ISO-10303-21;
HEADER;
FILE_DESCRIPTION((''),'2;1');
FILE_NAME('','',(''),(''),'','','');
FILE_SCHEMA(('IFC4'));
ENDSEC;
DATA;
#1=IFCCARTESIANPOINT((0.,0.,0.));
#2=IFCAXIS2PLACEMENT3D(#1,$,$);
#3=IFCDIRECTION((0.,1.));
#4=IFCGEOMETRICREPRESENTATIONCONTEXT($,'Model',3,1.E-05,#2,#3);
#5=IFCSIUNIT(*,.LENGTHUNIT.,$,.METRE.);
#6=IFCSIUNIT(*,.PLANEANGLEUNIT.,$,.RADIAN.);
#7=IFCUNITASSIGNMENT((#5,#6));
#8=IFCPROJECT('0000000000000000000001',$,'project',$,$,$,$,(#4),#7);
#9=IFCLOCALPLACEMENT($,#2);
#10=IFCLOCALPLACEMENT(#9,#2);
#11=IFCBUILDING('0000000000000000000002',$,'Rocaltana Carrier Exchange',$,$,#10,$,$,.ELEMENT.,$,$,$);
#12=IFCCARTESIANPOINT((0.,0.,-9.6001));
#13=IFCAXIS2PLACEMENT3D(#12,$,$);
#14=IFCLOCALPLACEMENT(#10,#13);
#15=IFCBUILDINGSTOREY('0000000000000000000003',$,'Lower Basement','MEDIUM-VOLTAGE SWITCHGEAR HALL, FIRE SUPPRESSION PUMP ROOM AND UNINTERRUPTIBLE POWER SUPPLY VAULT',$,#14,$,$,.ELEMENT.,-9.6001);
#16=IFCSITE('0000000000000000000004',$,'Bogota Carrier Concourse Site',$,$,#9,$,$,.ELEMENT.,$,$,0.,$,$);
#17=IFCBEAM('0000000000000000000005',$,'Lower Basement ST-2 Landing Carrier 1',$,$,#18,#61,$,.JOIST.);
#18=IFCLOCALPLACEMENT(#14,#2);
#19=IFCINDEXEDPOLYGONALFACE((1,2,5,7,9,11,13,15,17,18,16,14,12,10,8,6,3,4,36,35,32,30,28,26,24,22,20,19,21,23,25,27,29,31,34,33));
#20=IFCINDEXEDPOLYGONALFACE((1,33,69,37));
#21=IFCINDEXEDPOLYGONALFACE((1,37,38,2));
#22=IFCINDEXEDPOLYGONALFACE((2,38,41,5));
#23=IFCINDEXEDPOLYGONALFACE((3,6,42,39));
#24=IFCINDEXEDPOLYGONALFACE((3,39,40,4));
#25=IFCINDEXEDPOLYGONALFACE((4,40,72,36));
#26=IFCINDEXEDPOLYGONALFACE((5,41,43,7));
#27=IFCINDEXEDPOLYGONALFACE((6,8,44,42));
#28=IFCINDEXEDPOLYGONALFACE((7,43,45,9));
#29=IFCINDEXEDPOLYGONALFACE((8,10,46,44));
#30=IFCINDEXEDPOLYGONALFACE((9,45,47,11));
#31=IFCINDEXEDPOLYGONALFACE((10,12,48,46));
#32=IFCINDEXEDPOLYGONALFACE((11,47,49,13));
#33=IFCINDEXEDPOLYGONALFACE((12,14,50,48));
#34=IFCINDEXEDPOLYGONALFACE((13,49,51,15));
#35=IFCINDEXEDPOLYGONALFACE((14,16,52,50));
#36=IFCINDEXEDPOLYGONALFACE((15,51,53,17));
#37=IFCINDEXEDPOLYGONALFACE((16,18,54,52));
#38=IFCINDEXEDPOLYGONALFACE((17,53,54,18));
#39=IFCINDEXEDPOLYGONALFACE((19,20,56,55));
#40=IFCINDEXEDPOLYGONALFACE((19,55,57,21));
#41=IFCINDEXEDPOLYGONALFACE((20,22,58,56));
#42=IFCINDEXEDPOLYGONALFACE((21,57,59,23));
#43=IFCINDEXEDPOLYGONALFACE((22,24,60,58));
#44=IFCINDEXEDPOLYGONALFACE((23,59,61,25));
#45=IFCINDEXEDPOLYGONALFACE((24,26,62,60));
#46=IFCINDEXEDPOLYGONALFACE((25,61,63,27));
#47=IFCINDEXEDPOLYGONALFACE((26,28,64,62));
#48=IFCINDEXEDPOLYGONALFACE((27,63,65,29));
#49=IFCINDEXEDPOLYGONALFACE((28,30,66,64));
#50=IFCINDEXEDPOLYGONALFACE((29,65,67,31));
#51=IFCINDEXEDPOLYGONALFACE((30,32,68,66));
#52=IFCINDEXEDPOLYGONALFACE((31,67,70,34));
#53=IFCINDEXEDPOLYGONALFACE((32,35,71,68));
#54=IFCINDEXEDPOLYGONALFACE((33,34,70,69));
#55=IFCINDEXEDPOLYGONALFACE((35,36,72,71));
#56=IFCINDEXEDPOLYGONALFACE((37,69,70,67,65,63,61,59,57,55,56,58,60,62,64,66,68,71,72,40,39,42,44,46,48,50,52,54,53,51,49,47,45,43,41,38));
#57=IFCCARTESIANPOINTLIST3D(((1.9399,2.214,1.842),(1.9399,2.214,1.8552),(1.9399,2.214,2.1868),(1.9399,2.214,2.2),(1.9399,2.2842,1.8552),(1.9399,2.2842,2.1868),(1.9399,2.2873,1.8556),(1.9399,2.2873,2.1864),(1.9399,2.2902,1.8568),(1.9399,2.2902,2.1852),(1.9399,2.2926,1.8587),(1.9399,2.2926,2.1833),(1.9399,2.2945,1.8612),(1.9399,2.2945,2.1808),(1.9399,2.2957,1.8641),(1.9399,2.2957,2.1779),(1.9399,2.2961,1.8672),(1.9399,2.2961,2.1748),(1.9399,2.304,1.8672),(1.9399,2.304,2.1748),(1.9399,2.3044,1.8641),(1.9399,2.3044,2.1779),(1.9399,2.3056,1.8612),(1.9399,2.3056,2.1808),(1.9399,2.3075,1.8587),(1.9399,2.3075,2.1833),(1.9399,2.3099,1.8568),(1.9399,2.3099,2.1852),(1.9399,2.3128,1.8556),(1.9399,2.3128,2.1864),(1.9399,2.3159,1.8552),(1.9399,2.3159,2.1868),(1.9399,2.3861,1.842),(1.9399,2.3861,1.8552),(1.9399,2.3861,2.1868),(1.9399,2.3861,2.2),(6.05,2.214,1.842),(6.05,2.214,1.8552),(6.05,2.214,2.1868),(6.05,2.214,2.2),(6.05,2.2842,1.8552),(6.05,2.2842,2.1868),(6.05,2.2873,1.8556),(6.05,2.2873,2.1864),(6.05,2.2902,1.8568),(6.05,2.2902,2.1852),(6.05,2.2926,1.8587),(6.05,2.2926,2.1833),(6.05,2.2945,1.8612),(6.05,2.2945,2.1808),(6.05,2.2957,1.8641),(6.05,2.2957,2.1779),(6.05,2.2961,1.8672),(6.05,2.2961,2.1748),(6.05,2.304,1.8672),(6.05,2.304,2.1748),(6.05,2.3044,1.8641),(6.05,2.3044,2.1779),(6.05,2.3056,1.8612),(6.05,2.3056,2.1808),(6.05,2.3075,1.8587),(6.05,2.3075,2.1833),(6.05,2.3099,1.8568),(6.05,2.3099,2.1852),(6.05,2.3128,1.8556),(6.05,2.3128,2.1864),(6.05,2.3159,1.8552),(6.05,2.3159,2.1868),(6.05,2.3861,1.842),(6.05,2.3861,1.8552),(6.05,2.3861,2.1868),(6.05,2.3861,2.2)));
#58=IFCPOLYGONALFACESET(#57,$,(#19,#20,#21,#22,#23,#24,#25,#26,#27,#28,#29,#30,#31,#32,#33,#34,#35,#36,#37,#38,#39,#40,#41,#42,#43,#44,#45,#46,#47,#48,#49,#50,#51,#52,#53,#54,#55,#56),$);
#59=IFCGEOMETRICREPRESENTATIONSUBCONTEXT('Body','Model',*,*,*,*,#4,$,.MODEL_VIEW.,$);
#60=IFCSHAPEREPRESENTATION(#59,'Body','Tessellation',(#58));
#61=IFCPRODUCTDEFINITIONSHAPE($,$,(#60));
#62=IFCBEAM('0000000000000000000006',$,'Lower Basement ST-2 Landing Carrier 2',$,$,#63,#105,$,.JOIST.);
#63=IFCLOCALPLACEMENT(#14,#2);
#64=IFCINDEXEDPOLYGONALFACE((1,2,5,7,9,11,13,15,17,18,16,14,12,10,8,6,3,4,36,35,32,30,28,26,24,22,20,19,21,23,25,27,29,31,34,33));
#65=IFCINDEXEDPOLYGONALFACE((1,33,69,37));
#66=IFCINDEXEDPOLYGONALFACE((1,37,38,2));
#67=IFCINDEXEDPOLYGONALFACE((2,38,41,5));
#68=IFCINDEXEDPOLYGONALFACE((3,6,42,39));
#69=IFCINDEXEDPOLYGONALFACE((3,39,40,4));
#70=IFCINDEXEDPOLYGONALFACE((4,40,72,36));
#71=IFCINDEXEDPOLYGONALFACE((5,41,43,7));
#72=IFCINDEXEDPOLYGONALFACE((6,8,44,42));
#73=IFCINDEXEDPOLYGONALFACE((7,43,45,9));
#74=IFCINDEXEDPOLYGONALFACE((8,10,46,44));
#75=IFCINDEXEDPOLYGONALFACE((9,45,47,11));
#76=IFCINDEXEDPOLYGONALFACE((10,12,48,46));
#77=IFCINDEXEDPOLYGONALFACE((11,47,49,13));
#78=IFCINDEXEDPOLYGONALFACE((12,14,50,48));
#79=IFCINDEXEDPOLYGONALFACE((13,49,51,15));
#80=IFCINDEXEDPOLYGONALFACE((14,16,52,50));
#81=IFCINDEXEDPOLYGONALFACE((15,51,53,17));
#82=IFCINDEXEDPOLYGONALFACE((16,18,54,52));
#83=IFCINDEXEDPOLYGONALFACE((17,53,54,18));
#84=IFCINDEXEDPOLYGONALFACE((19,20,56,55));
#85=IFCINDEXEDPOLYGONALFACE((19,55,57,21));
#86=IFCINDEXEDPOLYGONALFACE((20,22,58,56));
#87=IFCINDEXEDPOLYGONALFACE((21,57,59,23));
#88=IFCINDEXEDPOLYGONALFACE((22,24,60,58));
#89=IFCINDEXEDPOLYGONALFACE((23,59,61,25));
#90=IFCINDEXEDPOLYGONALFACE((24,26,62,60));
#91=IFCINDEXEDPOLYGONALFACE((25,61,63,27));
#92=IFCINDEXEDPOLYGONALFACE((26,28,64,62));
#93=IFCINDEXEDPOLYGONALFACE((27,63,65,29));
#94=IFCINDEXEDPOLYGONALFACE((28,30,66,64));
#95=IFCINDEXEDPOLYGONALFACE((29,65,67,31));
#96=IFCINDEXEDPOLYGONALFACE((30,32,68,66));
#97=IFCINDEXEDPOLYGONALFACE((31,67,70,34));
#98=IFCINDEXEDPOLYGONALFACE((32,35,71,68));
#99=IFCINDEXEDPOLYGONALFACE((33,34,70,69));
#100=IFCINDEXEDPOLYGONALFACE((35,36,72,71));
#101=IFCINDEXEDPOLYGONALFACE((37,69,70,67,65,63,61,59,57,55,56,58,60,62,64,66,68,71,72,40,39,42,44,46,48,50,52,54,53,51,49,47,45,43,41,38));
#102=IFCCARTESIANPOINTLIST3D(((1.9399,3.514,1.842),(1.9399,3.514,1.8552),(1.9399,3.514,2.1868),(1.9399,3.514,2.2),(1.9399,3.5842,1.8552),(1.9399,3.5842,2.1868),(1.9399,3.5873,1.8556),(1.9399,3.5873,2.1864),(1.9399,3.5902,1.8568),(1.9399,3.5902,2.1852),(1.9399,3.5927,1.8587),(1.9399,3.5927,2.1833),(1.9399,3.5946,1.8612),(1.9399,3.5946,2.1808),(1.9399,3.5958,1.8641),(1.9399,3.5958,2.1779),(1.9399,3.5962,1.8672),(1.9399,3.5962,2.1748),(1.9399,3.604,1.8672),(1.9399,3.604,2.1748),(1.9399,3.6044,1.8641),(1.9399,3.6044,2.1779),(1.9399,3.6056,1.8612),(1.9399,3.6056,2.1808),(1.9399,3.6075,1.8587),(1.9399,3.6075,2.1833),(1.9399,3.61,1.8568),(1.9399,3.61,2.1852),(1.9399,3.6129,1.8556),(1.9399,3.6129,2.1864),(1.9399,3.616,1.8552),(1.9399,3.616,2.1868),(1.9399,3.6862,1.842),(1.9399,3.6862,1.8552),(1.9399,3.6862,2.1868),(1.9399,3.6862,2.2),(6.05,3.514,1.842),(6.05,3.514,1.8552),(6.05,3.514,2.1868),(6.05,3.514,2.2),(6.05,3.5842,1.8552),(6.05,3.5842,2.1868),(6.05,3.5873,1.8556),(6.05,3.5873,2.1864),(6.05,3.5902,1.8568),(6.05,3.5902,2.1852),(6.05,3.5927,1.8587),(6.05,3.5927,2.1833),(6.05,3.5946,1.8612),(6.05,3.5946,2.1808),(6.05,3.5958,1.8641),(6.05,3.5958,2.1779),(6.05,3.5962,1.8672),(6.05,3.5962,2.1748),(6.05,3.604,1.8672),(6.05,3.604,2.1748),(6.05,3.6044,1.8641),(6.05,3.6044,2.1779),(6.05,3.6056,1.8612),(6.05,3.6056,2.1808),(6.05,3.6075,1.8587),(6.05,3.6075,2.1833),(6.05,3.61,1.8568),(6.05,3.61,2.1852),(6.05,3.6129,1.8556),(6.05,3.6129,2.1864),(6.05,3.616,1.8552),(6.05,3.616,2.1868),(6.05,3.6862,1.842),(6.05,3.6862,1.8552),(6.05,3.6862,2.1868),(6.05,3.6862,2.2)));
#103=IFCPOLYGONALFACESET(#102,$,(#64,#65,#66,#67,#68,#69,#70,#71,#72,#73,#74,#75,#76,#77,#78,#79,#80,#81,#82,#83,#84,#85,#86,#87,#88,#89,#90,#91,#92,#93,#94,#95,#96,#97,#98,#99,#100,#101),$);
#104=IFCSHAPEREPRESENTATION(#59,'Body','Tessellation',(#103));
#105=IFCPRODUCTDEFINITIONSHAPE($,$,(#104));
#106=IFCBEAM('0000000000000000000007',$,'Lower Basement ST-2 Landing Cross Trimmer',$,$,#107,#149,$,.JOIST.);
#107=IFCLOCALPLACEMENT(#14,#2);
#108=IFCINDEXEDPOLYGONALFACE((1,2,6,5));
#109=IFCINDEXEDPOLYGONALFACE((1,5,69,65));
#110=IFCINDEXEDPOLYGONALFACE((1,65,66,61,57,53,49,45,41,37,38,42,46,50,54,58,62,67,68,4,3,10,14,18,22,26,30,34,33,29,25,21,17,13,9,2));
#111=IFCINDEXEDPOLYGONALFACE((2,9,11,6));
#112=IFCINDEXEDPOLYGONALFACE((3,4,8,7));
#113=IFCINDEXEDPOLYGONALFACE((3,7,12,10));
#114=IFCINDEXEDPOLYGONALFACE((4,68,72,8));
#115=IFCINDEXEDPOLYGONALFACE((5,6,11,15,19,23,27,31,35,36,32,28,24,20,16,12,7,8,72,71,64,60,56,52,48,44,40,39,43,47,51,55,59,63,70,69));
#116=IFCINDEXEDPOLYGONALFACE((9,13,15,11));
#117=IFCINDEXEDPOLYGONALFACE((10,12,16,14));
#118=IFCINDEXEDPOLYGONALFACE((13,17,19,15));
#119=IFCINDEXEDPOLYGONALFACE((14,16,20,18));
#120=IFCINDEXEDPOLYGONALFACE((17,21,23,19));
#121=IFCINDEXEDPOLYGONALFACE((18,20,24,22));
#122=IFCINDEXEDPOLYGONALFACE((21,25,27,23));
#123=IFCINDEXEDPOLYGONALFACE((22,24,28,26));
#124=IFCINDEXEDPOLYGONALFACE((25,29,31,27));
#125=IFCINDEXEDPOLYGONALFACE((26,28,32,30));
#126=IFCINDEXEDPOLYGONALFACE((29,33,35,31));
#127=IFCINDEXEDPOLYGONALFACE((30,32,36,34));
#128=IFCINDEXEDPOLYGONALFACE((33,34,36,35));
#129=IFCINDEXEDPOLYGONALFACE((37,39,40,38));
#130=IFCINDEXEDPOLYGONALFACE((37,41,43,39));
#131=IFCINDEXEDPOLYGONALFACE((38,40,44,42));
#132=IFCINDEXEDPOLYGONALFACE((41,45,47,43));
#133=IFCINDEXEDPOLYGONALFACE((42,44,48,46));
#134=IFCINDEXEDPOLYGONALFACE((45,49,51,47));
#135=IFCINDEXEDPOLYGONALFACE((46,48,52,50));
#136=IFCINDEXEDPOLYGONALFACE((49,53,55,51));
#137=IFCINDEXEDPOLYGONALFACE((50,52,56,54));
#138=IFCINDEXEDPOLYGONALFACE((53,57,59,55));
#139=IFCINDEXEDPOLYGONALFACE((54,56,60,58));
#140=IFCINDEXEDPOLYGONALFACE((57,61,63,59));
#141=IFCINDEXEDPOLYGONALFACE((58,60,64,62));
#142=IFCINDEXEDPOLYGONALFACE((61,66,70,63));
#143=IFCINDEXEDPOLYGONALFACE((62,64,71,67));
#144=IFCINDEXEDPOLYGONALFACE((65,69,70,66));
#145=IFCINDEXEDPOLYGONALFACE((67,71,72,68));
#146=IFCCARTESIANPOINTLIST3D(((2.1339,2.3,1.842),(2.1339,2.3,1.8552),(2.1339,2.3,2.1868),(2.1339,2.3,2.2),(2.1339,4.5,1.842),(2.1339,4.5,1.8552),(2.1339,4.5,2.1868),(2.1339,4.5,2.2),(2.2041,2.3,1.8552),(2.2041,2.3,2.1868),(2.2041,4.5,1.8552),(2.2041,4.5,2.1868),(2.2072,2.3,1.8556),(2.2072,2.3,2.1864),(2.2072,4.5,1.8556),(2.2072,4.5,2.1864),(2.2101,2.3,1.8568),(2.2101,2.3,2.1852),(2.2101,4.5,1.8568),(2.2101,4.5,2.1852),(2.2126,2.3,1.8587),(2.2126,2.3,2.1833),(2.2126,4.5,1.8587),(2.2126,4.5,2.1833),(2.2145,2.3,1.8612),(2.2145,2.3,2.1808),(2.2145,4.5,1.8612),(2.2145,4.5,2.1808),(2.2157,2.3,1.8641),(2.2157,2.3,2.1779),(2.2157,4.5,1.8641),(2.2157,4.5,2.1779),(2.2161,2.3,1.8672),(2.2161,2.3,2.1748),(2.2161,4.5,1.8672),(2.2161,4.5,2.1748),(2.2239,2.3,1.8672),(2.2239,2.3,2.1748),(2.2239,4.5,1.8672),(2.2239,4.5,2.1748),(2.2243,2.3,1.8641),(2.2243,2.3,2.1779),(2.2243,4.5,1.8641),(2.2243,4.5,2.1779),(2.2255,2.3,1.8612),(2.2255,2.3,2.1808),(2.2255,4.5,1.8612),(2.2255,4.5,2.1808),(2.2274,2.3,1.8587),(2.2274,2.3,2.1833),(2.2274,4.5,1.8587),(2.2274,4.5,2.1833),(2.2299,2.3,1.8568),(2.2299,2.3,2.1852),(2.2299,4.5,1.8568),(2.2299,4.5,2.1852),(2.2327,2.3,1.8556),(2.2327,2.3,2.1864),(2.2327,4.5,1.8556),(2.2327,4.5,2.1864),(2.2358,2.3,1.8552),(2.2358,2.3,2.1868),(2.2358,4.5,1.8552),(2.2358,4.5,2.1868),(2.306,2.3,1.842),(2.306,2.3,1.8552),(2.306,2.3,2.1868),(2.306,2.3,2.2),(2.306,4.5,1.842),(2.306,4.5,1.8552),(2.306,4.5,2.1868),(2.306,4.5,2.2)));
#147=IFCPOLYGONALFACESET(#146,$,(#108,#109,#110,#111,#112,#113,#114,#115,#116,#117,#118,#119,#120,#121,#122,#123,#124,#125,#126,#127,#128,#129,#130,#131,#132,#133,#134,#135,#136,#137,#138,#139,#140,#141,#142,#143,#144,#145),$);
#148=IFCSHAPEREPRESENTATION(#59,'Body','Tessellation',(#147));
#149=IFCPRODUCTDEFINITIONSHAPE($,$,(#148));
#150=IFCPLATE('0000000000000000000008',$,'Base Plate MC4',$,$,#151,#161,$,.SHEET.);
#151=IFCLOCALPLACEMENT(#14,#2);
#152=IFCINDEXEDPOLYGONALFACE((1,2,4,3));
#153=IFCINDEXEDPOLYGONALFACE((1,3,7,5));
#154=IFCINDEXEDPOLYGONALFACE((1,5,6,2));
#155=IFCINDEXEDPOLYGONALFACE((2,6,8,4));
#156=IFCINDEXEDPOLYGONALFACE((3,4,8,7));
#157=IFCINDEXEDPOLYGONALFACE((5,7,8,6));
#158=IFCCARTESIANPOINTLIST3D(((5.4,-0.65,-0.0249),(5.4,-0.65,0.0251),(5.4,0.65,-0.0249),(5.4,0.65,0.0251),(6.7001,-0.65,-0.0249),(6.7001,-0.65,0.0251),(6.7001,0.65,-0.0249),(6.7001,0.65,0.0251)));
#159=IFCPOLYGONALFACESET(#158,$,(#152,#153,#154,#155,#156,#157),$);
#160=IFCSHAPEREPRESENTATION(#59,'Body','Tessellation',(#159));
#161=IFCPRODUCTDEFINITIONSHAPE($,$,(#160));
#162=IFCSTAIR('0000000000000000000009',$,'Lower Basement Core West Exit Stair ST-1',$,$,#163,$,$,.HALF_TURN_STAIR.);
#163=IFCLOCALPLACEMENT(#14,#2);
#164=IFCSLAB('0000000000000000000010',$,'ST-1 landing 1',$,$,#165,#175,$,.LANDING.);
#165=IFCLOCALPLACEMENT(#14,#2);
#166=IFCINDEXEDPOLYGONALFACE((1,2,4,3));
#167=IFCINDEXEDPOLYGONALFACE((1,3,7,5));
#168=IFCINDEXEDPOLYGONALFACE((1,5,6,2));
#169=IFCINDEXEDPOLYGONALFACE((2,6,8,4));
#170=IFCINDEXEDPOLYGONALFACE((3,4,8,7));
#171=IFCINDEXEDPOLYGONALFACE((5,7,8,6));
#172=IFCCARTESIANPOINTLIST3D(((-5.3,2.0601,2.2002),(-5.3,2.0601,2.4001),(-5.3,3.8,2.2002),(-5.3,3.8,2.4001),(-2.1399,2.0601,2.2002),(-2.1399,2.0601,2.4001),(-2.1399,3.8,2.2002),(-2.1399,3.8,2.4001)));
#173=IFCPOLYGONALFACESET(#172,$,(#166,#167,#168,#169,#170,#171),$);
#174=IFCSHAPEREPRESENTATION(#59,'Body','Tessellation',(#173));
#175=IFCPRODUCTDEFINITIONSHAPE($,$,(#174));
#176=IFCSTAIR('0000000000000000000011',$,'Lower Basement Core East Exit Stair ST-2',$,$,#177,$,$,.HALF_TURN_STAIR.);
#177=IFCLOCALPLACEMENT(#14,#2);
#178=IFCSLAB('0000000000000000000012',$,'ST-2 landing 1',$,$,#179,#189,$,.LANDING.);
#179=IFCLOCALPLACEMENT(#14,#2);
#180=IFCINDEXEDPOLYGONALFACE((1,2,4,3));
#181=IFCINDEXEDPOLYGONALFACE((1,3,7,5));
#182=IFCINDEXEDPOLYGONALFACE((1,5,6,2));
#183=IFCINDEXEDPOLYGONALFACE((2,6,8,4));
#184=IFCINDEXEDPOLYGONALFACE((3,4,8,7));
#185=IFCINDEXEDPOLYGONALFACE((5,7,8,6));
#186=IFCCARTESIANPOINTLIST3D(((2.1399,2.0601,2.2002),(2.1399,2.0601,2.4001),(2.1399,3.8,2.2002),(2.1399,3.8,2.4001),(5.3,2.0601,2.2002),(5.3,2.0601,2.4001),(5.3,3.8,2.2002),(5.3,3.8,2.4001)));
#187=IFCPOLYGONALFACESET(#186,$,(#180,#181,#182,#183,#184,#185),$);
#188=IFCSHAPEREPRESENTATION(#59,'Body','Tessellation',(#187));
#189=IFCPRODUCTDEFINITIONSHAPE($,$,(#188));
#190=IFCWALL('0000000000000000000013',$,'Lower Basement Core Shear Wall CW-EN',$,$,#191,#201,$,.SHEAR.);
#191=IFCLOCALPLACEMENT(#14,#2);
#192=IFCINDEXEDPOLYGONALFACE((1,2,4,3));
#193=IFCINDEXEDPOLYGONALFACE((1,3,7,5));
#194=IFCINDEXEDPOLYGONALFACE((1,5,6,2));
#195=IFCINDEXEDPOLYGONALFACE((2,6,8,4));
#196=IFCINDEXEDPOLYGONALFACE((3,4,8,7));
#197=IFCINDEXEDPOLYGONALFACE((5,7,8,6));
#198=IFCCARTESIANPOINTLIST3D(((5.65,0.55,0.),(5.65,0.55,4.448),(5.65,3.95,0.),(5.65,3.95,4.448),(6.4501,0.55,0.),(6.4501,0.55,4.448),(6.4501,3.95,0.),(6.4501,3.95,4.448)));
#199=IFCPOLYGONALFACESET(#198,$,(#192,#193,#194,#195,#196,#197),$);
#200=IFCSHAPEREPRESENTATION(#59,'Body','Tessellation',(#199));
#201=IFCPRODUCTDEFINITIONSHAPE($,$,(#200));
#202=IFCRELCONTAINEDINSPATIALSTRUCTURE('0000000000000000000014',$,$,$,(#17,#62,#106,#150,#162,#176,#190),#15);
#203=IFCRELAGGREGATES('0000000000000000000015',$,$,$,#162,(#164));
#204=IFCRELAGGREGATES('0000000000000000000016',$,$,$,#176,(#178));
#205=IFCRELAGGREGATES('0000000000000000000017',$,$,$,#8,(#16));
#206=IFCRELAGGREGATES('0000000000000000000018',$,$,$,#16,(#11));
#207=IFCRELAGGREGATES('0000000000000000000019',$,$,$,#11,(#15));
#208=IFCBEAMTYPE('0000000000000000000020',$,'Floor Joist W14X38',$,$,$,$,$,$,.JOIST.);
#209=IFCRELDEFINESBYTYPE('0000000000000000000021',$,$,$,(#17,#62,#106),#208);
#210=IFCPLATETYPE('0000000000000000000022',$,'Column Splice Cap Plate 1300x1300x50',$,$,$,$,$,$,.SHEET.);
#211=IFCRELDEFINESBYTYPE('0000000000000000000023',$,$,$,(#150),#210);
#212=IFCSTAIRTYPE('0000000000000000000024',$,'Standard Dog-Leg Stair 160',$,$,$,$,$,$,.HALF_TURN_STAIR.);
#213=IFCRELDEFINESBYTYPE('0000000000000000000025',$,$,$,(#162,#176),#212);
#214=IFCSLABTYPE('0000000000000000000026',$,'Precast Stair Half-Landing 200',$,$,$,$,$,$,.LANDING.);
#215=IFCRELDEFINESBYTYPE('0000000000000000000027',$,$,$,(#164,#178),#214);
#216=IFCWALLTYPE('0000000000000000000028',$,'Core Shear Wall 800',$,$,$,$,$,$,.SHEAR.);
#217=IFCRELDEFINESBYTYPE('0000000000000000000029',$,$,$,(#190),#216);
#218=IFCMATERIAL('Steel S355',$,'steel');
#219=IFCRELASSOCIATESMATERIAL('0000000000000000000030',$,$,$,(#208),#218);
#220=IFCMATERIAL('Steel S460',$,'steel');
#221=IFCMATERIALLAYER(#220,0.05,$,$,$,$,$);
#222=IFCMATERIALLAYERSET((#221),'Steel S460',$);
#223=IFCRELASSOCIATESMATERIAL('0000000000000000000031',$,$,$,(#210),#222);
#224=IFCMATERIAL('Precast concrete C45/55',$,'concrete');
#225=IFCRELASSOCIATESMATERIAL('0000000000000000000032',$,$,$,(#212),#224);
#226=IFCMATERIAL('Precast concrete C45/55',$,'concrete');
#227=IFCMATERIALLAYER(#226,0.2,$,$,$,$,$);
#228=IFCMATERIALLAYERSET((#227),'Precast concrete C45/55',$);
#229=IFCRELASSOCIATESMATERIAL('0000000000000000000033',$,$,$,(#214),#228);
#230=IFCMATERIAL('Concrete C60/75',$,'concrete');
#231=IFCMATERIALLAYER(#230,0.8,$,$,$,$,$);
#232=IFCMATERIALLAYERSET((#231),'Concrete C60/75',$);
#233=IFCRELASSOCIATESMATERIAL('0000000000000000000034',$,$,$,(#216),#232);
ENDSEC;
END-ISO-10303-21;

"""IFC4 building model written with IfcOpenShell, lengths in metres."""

from ifc_helpers import new_model, si_unit, direction, frame, frame_2d, origin, origin_2d, place, context, subcontext, project, spatial, polyline, rectangle, i_section, outline, extrude, material, layer, layer_set, material_profile, profile_set, type_object, element, aggregate, save


model = new_model("IFC4")

# Units and contexts
model_context = context("Model", 3, precision=1e-05, world=origin(), true_north=direction((0.0, 1.0)))
body_context = subcontext(model_context, "Body", "Model", "MODEL_VIEW")
ifc_project = project(units=[si_unit("LENGTHUNIT", "METRE"), si_unit("PLANEANGLEUNIT", "RADIAN")], contexts=[model_context])

# Site, building, storey
site_placement = place(None, origin())
site = spatial("IfcSite", under=ifc_project, at=site_placement, Name="Bogota Carrier Concourse Site", CompositionType="ELEMENT", RefElevation=0.0)
building_placement = place(site_placement, origin())
building = spatial("IfcBuilding", under=site, at=building_placement, Name="Rocaltana Carrier Exchange", CompositionType="ELEMENT")
storey_placement = place(building_placement, frame((0.0, 0.0, -9.6001)))
storey = spatial("IfcBuildingStorey", under=building, at=storey_placement, Name="Lower Basement", Description="MEDIUM-VOLTAGE SWITCHGEAR HALL, FIRE SUPPRESSION PUMP ROOM AND UNINTERRUPTIBLE POWER SUPPLY VAULT", CompositionType="ELEMENT", Elevation=-9.6001)

# Beams
ifc_material_1 = material(Name="Steel S355", Category="steel")
ifc_material_profile_1 = material_profile(ifc_material_1, i_section(OverallWidth=0.1721, OverallDepth=0.3579, WebThickness=0.0078, FlangeThickness=0.0132, FilletRadius=0.012, at=origin_2d()), Name="W14X38")
ifc_profile_set_1 = profile_set([ifc_material_profile_1], Name="Steel S355")
beam_type = type_object("IfcBeamType", Name="Floor Joist W14X38", PredefinedType="JOIST", material=ifc_profile_set_1)
for number, where, z_axis, x_axis, name in (
    (1, (1.9399, 2.3, 2.021), (1.0, 0.0, 0.0), (0.0, 1.0, 0.0), "Lower Basement ST-2 Landing Carrier 1"),
    (2, (1.9399, 3.6001, 2.021), (1.0, 0.0, 0.0), (0.0, 1.0, 0.0), "Lower Basement ST-2 Landing Carrier 2"),
):
    element("IfcBeam", number, at=place(storey_placement, frame(where, z_axis=z_axis, x_axis=x_axis)), inside=storey, type_object=beam_type, Name=name, PredefinedType="JOIST", context=body_context, shape_type="SweptSolid", body=[
        extrude(i_section(OverallWidth=0.1721, OverallDepth=0.3579, WebThickness=0.0078, FlangeThickness=0.0132, FilletRadius=0.012, at=origin_2d()), origin(), (0.0, 0.0, 1.0), 4.1101),
    ])
beam_placement = place(storey_placement, frame((2.22, 2.3, 2.021), z_axis=(0.0, 1.0, 0.0), x_axis=(-1.0, 0.0, 0.0)))
element("IfcBeam", 3, at=beam_placement, inside=storey, type_object=beam_type, Name="Lower Basement ST-2 Landing Cross Trimmer", PredefinedType="JOIST", context=body_context, shape_type="SweptSolid", body=[
    extrude(i_section(OverallWidth=0.1721, OverallDepth=0.3579, WebThickness=0.0078, FlangeThickness=0.0132, FilletRadius=0.012, at=origin_2d()), origin(), (0.0, 0.0, 1.0), 2.2),
])

# Plate
ifc_material_2 = material(Name="Steel S460", Category="steel")
ifc_layer_1 = layer(ifc_material_2, 0.05)
ifc_layer_set_1 = layer_set([ifc_layer_1], Name="Steel S460")
plate_type = type_object("IfcPlateType", Name="Column Splice Cap Plate 1300x1300x50", PredefinedType="SHEET", material=ifc_layer_set_1)
plate_placement = place(storey_placement, frame((6.05, 0.0, -0.0249), z_axis=(0.0, 0.0, 1.0), x_axis=(1.0, 0.0, 0.0)))
element("IfcPlate", 4, at=plate_placement, inside=storey, type_object=plate_type, Name="Base Plate MC4", PredefinedType="SHEET", context=body_context, shape_type="SweptSolid", body=[
    extrude(rectangle(XDim=1.3, YDim=1.3, at=origin_2d()), origin(), (0.0, 0.0, 1.0), 0.05),
])

# Stairs, slabs
ifc_material_3 = material(Name="Precast concrete C45/55", Category="concrete")
stair_type = type_object("IfcStairType", Name="Standard Dog-Leg Stair 160", PredefinedType="HALF_TURN_STAIR", material=ifc_material_3)
stair_1_placement = place(storey_placement, origin())
stair_1 = element("IfcStair", 5, at=stair_1_placement, inside=storey, type_object=stair_type, Name="Lower Basement Core West Exit Stair ST-1", PredefinedType="HALF_TURN_STAIR")
ifc_material_4 = material(Name="Precast concrete C45/55", Category="concrete")
ifc_layer_2 = layer(ifc_material_4, 0.2)
ifc_layer_set_2 = layer_set([ifc_layer_2], Name="Precast concrete C45/55")
slab_type = type_object("IfcSlabType", Name="Precast Stair Half-Landing 200", PredefinedType="LANDING", material=ifc_layer_set_2)
slab_1_placement = place(storey_placement, frame((0.0, 0.0, 2.2002)))
slab_1 = element("IfcSlab", 6, at=slab_1_placement, type_object=slab_type, Name="ST-1 landing 1", PredefinedType="LANDING", context=body_context, shape_type="SweptSolid", body=[
    extrude(outline(polyline([(-2.1399, 2.0601), (-2.1399, 3.8), (-5.3, 3.8), (-5.3, 2.0601), (-2.1399, 2.0601)])), origin(), (0.0, 0.0, 1.0), 0.2),
])
aggregate(stair_1, [slab_1])
stair_2_placement = place(storey_placement, origin())
stair_2 = element("IfcStair", 7, at=stair_2_placement, inside=storey, type_object=stair_type, Name="Lower Basement Core East Exit Stair ST-2", PredefinedType="HALF_TURN_STAIR")
slab_2_placement = place(storey_placement, frame((0.0, 0.0, 2.2002)))
slab_2 = element("IfcSlab", 8, at=slab_2_placement, type_object=slab_type, Name="ST-2 landing 1", PredefinedType="LANDING", context=body_context, shape_type="SweptSolid", body=[
    extrude(outline(polyline([(5.3, 2.0601), (5.3, 3.8), (2.1399, 3.8), (2.1399, 2.0601), (5.3, 2.0601)])), origin(), (0.0, 0.0, 1.0), 0.2),
])

# Wall
ifc_material_5 = material(Name="Concrete C60/75", Category="concrete")
ifc_layer_3 = layer(ifc_material_5, 0.8)
ifc_layer_set_3 = layer_set([ifc_layer_3], Name="Concrete C60/75")
wall_type_1 = type_object("IfcWallType", Name="Core Shear Wall 800", PredefinedType="SHEAR", material=ifc_layer_set_3)
wall_1_placement = place(storey_placement, frame((6.05, 0.55, 0.0), z_axis=(0.0, 0.0, 1.0), x_axis=(0.0, 1.0, 0.0)))
element("IfcWall", 9, at=wall_1_placement, inside=storey, type_object=wall_type_1, Name="Lower Basement Core Shear Wall CW-EN", PredefinedType="SHEAR", context=body_context, shape_type="SweptSolid", body=[
    extrude(rectangle(XDim=3.3999, YDim=0.8, at=frame_2d((1.7, 0.0))), origin(), (0.0, 0.0, 1.0), 4.448),
])

aggregate(stair_2, [slab_2])

save(model, "model.ifc")
